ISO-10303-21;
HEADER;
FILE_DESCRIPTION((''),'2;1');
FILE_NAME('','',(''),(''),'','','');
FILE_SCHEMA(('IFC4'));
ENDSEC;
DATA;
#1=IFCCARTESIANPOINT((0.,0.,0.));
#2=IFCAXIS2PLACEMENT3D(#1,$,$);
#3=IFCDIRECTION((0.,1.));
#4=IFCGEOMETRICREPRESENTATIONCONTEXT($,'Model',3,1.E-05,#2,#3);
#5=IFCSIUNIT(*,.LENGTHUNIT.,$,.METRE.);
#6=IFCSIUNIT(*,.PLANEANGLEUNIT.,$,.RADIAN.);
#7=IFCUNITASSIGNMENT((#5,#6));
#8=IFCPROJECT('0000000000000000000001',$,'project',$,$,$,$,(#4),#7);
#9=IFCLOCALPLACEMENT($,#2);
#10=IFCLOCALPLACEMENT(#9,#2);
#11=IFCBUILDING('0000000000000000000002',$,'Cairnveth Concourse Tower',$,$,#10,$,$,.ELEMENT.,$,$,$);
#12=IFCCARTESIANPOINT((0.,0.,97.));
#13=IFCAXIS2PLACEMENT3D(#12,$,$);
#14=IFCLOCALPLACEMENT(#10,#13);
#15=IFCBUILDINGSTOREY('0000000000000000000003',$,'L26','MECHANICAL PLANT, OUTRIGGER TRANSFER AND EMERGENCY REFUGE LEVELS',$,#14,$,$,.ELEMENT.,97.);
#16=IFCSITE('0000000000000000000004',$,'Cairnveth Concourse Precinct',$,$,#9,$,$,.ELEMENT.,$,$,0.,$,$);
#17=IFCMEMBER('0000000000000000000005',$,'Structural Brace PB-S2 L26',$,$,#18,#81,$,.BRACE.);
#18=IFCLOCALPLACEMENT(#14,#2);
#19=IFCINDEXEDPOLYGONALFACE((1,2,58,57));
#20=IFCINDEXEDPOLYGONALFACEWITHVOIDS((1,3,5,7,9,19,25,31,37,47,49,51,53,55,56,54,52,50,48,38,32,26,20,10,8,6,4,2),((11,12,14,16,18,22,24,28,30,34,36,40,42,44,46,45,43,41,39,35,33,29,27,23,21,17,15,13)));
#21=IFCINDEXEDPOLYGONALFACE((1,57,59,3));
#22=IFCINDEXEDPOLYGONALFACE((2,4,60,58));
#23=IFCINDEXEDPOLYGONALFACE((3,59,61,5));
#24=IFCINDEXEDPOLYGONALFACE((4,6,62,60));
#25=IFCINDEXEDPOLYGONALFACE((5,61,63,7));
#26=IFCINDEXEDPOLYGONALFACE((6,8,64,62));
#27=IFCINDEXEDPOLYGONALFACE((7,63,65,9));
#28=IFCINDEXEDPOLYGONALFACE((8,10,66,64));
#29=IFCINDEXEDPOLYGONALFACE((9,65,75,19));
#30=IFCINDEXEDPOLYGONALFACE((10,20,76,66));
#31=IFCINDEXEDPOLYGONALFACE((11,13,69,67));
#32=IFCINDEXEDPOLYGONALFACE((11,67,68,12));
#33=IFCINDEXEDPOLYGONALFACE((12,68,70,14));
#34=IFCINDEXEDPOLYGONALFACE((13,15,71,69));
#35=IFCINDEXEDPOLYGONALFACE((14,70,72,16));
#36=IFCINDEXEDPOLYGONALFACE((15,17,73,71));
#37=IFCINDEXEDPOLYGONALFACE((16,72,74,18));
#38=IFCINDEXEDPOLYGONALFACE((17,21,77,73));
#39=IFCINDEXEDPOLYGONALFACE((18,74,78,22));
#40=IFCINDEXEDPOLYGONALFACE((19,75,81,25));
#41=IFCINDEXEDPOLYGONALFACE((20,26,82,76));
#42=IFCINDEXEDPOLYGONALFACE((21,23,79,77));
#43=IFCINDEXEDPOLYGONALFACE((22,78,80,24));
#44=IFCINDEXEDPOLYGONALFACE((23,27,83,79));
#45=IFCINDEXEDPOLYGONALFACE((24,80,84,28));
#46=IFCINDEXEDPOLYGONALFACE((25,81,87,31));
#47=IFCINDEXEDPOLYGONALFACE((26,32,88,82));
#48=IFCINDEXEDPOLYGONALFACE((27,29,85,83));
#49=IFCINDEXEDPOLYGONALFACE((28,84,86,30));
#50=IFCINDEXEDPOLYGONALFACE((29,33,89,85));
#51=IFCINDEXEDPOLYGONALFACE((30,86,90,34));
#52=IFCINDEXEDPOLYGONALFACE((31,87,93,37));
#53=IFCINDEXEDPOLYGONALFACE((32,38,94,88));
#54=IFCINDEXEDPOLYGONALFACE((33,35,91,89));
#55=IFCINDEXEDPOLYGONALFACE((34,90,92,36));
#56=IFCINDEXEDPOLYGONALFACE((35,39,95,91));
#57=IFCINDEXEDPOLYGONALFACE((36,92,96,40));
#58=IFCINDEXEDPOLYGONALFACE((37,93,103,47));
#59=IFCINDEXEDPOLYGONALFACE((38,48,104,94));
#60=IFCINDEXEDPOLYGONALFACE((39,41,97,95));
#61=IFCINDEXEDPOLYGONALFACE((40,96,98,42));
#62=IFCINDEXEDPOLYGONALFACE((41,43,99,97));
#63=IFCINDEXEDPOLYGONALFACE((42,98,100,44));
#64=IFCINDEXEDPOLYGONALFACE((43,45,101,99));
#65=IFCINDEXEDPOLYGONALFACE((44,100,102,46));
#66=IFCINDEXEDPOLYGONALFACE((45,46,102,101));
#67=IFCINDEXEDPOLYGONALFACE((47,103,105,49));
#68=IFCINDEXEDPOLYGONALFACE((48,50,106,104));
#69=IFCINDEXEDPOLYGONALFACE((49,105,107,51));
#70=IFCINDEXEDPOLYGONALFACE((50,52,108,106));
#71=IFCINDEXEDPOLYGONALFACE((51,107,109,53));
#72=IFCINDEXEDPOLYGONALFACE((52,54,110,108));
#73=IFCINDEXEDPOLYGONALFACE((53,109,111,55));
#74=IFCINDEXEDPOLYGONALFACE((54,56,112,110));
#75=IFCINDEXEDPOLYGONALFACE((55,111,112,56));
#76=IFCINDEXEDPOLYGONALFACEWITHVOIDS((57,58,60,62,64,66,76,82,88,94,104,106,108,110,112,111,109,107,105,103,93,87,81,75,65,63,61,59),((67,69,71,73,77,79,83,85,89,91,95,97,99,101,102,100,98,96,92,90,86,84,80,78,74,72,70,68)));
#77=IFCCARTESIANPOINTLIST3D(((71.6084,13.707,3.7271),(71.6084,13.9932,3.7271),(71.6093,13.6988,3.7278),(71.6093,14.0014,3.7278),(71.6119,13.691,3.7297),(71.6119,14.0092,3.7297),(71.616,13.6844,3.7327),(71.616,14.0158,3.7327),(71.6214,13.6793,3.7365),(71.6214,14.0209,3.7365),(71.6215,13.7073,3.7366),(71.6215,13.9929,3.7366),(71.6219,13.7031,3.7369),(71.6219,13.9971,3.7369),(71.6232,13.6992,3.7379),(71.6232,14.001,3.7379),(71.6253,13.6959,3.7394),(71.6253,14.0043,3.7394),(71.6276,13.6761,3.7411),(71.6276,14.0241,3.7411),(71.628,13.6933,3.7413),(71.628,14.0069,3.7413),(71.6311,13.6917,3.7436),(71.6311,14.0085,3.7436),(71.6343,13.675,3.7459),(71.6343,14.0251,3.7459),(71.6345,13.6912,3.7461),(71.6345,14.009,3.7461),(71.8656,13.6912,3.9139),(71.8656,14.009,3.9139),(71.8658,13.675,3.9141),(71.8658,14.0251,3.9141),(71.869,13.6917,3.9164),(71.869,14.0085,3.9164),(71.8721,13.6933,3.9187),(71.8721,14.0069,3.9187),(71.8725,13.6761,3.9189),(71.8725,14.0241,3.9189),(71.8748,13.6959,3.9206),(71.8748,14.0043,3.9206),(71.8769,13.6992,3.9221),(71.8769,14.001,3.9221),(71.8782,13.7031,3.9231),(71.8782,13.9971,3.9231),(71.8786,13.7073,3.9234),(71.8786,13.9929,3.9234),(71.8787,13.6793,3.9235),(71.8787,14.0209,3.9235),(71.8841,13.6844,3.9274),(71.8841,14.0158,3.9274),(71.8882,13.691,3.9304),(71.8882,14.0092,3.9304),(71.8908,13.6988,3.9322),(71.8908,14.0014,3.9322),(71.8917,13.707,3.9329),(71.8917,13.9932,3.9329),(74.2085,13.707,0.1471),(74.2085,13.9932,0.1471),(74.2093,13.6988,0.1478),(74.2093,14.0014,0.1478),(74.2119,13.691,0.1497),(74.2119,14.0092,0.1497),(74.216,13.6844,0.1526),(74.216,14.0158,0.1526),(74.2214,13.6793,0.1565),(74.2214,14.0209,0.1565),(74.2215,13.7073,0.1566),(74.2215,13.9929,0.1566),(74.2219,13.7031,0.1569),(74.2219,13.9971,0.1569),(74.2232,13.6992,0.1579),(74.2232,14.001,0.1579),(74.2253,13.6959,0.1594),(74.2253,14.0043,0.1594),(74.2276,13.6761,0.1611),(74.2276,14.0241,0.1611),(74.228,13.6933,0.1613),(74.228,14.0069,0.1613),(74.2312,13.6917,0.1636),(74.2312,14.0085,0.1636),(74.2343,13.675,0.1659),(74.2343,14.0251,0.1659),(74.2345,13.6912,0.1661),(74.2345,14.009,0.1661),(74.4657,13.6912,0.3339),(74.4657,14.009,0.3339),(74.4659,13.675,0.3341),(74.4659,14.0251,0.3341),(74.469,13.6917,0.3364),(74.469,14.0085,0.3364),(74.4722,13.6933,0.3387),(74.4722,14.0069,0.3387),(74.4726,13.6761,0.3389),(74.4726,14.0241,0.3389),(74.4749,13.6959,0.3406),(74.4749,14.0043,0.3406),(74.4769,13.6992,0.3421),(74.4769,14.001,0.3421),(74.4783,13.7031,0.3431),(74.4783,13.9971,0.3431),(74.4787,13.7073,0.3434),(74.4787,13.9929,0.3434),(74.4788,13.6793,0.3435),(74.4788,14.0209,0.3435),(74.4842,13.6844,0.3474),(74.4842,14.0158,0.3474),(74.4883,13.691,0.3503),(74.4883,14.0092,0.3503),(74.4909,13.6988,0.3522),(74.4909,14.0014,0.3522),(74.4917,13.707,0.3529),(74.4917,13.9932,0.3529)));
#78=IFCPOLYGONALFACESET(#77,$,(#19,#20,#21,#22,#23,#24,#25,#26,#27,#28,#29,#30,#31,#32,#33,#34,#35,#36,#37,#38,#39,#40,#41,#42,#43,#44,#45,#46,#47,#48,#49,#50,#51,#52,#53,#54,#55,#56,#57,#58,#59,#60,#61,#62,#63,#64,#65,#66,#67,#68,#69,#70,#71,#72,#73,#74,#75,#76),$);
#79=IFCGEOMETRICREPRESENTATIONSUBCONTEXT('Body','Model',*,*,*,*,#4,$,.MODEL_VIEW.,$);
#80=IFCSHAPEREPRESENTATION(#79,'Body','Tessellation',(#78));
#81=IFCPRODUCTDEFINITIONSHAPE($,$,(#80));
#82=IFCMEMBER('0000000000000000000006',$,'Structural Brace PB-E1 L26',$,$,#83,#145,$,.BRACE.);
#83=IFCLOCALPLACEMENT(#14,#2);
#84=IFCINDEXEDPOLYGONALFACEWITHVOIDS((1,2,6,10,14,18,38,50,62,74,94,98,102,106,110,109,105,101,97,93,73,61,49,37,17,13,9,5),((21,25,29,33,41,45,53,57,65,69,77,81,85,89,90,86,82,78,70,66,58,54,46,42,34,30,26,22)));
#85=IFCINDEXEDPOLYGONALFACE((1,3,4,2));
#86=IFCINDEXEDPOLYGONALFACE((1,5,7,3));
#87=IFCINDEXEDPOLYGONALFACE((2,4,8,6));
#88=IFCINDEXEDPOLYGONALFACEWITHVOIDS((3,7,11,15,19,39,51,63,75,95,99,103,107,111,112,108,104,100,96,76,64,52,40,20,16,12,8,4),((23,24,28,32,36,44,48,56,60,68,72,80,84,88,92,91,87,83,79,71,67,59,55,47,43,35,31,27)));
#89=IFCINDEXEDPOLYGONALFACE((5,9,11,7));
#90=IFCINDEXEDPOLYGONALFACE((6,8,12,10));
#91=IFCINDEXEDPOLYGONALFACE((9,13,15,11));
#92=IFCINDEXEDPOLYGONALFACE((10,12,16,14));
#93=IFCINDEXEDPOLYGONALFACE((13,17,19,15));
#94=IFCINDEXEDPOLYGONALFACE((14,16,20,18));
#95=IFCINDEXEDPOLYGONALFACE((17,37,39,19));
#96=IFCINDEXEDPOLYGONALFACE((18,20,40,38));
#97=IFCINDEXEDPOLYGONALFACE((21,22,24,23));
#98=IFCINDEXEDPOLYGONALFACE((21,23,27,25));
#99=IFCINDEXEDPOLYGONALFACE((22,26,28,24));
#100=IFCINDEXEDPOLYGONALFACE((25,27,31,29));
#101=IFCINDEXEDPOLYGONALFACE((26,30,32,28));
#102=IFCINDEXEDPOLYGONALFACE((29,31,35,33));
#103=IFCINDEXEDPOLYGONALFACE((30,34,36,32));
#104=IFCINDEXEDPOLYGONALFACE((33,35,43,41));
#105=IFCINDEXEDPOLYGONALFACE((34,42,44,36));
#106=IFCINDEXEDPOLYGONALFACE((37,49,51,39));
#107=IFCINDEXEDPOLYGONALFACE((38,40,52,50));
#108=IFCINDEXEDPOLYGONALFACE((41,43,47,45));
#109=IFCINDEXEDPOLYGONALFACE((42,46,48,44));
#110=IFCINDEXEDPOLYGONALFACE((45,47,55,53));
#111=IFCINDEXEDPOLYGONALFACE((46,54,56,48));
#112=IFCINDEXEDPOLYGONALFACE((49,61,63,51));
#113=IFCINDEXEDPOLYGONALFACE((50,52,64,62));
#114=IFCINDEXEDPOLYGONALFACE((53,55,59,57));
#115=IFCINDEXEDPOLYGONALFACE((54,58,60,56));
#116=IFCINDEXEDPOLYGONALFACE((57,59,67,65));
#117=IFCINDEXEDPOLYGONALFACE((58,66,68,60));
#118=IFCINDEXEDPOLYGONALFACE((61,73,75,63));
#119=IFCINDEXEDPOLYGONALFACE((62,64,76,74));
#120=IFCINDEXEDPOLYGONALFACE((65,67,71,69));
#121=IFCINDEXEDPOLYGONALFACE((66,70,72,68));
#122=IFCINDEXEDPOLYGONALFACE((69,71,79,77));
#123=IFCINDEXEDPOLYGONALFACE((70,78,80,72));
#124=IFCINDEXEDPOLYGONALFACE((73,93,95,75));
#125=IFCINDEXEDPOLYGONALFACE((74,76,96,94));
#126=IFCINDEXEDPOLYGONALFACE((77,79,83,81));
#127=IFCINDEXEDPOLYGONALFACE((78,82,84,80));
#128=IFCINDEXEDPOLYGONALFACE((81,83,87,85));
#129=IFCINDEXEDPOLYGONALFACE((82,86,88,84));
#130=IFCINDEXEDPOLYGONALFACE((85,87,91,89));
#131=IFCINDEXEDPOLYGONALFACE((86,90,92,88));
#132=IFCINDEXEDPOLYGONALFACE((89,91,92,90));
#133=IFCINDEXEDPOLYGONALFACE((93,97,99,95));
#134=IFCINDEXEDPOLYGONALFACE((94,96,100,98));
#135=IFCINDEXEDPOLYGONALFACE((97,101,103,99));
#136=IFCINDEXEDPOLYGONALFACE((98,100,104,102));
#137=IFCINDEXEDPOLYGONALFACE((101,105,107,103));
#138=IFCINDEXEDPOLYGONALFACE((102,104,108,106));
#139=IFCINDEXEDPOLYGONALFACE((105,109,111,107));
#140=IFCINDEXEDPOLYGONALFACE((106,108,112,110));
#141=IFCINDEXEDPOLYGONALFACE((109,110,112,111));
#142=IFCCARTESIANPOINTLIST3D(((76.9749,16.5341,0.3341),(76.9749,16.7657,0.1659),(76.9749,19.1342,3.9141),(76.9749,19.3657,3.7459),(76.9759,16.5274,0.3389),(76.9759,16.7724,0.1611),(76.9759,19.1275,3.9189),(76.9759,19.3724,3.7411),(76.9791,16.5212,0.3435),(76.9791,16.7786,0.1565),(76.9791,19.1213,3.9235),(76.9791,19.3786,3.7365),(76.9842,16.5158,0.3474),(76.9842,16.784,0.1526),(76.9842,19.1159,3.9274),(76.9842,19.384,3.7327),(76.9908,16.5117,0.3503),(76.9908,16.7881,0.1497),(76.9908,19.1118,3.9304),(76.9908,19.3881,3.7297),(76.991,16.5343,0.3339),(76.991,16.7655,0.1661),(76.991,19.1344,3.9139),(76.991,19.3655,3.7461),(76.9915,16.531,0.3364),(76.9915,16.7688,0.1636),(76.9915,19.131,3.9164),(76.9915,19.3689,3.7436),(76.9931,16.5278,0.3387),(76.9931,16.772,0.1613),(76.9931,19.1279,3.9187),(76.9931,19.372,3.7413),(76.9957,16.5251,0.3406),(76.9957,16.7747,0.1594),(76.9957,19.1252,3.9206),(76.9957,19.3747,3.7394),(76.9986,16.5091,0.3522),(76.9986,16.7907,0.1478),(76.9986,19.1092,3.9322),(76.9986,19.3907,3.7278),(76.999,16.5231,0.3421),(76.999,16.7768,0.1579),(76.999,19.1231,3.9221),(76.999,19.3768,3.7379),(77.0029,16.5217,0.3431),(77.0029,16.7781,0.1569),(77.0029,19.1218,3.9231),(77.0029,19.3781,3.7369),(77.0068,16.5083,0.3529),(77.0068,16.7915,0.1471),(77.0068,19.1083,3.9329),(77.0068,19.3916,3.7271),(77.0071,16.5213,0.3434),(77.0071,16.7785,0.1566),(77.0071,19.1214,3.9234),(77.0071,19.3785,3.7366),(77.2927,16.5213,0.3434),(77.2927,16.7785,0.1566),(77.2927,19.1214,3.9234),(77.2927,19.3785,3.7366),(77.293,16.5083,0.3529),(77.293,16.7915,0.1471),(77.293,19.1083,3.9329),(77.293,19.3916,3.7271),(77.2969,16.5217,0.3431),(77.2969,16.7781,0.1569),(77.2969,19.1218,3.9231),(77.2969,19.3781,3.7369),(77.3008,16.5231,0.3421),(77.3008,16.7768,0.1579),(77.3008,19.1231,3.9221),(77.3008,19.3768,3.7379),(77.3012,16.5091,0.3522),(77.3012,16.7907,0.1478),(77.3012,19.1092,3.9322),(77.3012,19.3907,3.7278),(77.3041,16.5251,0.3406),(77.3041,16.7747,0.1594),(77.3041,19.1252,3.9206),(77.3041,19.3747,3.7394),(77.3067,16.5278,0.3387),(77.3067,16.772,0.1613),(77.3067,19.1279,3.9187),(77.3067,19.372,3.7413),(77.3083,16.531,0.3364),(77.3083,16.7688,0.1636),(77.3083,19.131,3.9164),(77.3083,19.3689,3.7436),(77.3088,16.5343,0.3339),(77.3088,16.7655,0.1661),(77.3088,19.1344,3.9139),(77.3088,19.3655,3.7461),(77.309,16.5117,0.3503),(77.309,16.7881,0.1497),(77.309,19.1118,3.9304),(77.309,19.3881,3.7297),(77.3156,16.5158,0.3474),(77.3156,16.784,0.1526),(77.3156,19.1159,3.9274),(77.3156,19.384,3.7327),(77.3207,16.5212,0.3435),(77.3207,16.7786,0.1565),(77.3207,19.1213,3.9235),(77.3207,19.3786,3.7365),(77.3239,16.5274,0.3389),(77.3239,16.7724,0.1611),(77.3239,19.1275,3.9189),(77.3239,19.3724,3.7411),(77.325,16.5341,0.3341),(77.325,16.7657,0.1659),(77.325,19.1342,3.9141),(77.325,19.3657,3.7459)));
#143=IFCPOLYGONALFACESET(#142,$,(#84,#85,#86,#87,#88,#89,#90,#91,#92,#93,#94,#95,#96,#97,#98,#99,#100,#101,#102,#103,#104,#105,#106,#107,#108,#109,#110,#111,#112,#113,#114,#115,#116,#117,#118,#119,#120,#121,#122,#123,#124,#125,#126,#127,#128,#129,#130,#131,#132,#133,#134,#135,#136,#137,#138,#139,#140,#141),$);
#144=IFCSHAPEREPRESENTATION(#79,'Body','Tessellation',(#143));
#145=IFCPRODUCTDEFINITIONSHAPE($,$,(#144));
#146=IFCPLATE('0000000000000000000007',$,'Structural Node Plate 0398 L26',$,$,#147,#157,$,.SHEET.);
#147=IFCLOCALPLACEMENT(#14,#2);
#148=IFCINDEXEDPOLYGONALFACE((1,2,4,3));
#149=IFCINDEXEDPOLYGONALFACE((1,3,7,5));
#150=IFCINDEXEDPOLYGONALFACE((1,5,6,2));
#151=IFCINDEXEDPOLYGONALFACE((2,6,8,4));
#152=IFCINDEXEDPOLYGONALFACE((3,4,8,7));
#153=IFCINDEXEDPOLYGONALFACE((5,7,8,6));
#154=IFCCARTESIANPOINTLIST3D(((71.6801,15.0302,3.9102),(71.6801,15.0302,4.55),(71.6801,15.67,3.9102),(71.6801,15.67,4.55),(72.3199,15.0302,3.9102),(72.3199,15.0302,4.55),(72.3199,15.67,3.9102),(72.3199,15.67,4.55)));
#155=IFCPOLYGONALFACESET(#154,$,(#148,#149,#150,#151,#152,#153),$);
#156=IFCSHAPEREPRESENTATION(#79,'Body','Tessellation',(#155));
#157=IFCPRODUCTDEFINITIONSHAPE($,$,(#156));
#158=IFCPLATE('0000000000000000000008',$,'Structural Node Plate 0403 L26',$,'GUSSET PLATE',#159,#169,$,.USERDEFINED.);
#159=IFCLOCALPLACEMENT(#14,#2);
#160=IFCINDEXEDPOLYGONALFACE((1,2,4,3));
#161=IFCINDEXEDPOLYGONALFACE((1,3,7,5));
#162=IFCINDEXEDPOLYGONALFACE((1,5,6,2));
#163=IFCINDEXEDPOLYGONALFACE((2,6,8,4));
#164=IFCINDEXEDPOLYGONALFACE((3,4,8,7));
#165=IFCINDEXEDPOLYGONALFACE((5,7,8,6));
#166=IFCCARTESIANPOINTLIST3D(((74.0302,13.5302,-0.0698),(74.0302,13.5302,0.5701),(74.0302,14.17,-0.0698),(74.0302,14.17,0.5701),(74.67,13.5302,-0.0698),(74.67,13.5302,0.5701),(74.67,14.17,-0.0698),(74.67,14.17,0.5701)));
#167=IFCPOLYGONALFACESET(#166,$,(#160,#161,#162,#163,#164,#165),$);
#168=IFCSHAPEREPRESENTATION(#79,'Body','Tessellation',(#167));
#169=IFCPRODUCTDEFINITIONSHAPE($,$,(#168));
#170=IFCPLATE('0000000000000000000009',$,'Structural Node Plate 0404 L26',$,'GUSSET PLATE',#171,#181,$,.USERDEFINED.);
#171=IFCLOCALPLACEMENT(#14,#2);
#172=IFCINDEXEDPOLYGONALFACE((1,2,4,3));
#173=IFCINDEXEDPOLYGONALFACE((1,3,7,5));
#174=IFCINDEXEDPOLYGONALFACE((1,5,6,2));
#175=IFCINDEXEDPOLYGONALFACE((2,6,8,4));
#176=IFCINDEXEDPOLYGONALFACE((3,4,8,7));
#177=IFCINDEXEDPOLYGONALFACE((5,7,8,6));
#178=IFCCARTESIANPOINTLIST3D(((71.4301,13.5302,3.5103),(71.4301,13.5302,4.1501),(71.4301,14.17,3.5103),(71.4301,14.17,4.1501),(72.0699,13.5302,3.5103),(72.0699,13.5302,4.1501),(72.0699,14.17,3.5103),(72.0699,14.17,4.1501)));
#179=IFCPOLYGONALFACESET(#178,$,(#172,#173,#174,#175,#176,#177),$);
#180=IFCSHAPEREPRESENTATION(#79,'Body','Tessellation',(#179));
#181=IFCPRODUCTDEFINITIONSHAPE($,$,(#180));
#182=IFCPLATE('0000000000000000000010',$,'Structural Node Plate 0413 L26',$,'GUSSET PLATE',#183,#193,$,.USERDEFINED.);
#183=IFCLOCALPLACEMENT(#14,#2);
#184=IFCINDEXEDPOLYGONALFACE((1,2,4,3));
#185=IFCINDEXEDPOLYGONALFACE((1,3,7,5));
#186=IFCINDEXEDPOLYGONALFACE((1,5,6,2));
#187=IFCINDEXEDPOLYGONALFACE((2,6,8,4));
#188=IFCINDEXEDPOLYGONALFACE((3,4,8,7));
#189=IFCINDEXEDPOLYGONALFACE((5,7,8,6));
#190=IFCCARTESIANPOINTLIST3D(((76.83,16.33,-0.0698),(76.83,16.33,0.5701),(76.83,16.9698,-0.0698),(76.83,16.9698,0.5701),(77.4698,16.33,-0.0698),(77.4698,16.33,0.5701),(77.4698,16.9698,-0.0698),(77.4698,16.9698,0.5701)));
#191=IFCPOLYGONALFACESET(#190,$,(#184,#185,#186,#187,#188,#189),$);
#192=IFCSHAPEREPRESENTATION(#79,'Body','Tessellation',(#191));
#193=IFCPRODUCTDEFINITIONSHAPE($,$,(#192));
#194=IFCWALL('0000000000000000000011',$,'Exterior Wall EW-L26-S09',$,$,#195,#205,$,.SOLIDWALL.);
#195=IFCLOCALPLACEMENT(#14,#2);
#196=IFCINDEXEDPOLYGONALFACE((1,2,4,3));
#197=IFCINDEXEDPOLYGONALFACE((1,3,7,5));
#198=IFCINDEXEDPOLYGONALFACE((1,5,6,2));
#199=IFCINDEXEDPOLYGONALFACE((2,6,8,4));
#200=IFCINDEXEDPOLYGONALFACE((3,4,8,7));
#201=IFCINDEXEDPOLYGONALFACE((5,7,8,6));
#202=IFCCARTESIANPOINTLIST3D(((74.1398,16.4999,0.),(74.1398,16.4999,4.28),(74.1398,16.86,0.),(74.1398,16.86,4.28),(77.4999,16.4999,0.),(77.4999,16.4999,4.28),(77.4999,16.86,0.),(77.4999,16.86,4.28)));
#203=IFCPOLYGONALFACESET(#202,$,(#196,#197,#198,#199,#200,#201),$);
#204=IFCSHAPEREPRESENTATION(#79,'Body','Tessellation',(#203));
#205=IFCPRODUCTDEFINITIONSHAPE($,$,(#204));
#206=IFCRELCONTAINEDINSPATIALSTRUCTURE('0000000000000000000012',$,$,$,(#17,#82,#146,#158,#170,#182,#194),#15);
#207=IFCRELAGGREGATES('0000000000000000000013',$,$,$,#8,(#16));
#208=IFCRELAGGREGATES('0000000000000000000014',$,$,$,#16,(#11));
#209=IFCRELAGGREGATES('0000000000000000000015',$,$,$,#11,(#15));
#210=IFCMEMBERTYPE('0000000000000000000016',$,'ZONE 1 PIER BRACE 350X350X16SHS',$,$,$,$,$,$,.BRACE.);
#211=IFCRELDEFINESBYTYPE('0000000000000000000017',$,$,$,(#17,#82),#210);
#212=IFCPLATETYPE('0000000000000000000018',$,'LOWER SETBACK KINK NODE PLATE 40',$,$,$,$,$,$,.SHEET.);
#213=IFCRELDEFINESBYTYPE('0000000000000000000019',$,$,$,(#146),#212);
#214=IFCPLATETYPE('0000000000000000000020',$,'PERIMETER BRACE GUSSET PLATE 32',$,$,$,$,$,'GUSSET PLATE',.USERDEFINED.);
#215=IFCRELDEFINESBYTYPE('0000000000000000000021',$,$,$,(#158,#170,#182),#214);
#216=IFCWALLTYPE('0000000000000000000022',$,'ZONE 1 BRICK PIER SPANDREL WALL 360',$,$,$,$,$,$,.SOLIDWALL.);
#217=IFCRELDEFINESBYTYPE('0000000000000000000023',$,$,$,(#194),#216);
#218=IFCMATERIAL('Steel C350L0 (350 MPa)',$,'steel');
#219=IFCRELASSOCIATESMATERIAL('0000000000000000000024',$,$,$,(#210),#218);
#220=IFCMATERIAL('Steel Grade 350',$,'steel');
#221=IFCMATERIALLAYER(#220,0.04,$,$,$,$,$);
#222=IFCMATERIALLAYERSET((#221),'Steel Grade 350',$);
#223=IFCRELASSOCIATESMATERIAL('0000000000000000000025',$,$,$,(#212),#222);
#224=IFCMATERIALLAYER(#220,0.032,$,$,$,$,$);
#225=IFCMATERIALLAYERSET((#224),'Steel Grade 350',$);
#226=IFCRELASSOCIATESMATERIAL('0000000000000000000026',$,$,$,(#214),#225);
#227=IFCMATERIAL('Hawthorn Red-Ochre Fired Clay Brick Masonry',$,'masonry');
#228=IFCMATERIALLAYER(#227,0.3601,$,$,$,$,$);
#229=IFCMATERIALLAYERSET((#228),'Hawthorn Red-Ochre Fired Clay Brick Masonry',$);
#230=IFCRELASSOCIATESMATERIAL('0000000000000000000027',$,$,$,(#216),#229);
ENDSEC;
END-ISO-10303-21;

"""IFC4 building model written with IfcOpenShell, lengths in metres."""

from ifc_helpers import new_model, si_unit, direction, frame, frame_2d, origin, origin_2d, place, context, subcontext, project, spatial, rectangle, hollow_rectangle, extrude, material, layer, layer_set, material_profile, profile_set, type_object, element, save


model = new_model("IFC4")

# Units and contexts
model_context = context("Model", 3, precision=1e-05, world=origin(), true_north=direction((0.0, 1.0)))
body_context = subcontext(model_context, "Body", "Model", "MODEL_VIEW")
ifc_project = project(units=[si_unit("LENGTHUNIT", "METRE"), si_unit("PLANEANGLEUNIT", "RADIAN")], contexts=[model_context])

# Site, building, storey
site_placement = place(None, origin())
site = spatial("IfcSite", under=ifc_project, at=site_placement, Name="Cairnveth Concourse Precinct", CompositionType="ELEMENT", RefElevation=0.0)
building_placement = place(site_placement, origin())
building = spatial("IfcBuilding", under=site, at=building_placement, Name="Cairnveth Concourse Tower", CompositionType="ELEMENT")
storey_placement = place(building_placement, frame((0.0, 0.0, 97.0)))
storey = spatial("IfcBuildingStorey", under=building, at=storey_placement, Name="L26", Description="MECHANICAL PLANT, OUTRIGGER TRANSFER AND EMERGENCY REFUGE LEVELS", CompositionType="ELEMENT", Elevation=97.0)

# Shared definitions
ifc_material_1 = material(Name="Steel Grade 350", Category="steel")

# Members
ifc_material_2 = material(Name="Steel C350L0 (350 MPa)", Category="steel")
ifc_material_profile_1 = material_profile(ifc_material_2, hollow_rectangle(XDim=0.3501, YDim=0.3501, WallThickness=0.0161, InnerFilletRadius=0.0161, OuterFilletRadius=0.032, at=origin_2d()), Name="350x350x16.0SHS")
ifc_profile_set_1 = profile_set([ifc_material_profile_1], Name="Steel C350L0 (350 MPa)")
member_type = type_object("IfcMemberType", Name="ZONE 1 PIER BRACE 350X350X16SHS", PredefinedType="BRACE", material=ifc_profile_set_1)
for number, where, z_axis, x_axis, name in (
    (1, (74.3501, 13.8501, 0.25), (-0.58764, 0.0, 0.809122), (0.0, -1.0, 0.0), "Structural Brace PB-S2 L26"),
    (2, (77.1499, 16.6499, 0.25), (0.0, 0.58764, 0.809122), (-1.0, 0.0, 0.0), "Structural Brace PB-E1 L26"),
):
    element("IfcMember", number, at=place(storey_placement, frame(where, z_axis=z_axis, x_axis=x_axis)), inside=storey, type_object=member_type, Name=name, PredefinedType="BRACE", context=body_context, shape_type="SweptSolid", body=[
        extrude(hollow_rectangle(XDim=0.3501, YDim=0.3501, WallThickness=0.0161, InnerFilletRadius=0.0161, OuterFilletRadius=0.032, at=origin_2d()), origin(), (0.0, 0.0, 1.0), 4.4246),
    ])

# Plates
ifc_layer_1 = layer(ifc_material_1, 0.04)
ifc_layer_set_1 = layer_set([ifc_layer_1], Name="Steel Grade 350")
plate_type_1 = type_object("IfcPlateType", Name="LOWER SETBACK KINK NODE PLATE 40", PredefinedType="SHEET", material=ifc_layer_set_1)
plate_placement = place(storey_placement, frame((72.0, 15.3501, 3.9102), z_axis=(0.0, 0.0, 1.0), x_axis=(1.0, 0.0, 0.0)))
element("IfcPlate", 3, at=plate_placement, inside=storey, type_object=plate_type_1, Name="Structural Node Plate 0398 L26", PredefinedType="SHEET", context=body_context, shape_type="SweptSolid", body=[
    extrude(rectangle(XDim=0.6399, YDim=0.6399, at=origin_2d()), origin(), (0.0, 0.0, 1.0), 0.6399),
])
ifc_layer_2 = layer(ifc_material_1, 0.032)
ifc_layer_set_2 = layer_set([ifc_layer_2], Name="Steel Grade 350")
plate_type_2 = type_object("IfcPlateType", Name="PERIMETER BRACE GUSSET PLATE 32", ElementType="GUSSET PLATE", PredefinedType="USERDEFINED", material=ifc_layer_set_2)
for number, where, z_axis, x_axis, name in (
    (4, (74.3501, 13.8501, -0.0698), (0.0, 0.0, 1.0), (1.0, 0.0, 0.0), "Structural Node Plate 0403 L26"),
    (5, (71.75, 13.8501, 3.5103), (0.0, 0.0, 1.0), (1.0, 0.0, 0.0), "Structural Node Plate 0404 L26"),
    (6, (77.1499, 16.6499, -0.0698), (0.0, 0.0, 1.0), (1.0, 0.0, 0.0), "Structural Node Plate 0413 L26"),
):
    element("IfcPlate", number, at=place(storey_placement, frame(where, z_axis=z_axis, x_axis=x_axis)), inside=storey, type_object=plate_type_2, Name=name, ObjectType="GUSSET PLATE", PredefinedType="USERDEFINED", context=body_context, shape_type="SweptSolid", body=[
        extrude(rectangle(XDim=0.6399, YDim=0.6399, at=origin_2d()), origin(), (0.0, 0.0, 1.0), 0.6399),
    ])

# Wall
ifc_material_3 = material(Name="Hawthorn Red-Ochre Fired Clay Brick Masonry", Category="masonry")
ifc_layer_3 = layer(ifc_material_3, 0.3601)
ifc_layer_set_3 = layer_set([ifc_layer_3], Name="Hawthorn Red-Ochre Fired Clay Brick Masonry")
wall_type = type_object("IfcWallType", Name="ZONE 1 BRICK PIER SPANDREL WALL 360", PredefinedType="SOLIDWALL", material=ifc_layer_set_3)
wall_1_placement = place(storey_placement, frame((77.5, 16.6799, 0.0), z_axis=(0.0, 0.0, 1.0), x_axis=(-1.0, 0.0, 0.0)))
element("IfcWall", 7, at=wall_1_placement, inside=storey, type_object=wall_type, Name="Exterior Wall EW-L26-S09", PredefinedType="SOLIDWALL", context=body_context, shape_type="SweptSolid", body=[
    extrude(rectangle(XDim=3.3601, YDim=0.3601, at=frame_2d((1.6802, 0.0))), origin(), (0.0, 0.0, 1.0), 4.28),
])

save(model, "model.ifc")
